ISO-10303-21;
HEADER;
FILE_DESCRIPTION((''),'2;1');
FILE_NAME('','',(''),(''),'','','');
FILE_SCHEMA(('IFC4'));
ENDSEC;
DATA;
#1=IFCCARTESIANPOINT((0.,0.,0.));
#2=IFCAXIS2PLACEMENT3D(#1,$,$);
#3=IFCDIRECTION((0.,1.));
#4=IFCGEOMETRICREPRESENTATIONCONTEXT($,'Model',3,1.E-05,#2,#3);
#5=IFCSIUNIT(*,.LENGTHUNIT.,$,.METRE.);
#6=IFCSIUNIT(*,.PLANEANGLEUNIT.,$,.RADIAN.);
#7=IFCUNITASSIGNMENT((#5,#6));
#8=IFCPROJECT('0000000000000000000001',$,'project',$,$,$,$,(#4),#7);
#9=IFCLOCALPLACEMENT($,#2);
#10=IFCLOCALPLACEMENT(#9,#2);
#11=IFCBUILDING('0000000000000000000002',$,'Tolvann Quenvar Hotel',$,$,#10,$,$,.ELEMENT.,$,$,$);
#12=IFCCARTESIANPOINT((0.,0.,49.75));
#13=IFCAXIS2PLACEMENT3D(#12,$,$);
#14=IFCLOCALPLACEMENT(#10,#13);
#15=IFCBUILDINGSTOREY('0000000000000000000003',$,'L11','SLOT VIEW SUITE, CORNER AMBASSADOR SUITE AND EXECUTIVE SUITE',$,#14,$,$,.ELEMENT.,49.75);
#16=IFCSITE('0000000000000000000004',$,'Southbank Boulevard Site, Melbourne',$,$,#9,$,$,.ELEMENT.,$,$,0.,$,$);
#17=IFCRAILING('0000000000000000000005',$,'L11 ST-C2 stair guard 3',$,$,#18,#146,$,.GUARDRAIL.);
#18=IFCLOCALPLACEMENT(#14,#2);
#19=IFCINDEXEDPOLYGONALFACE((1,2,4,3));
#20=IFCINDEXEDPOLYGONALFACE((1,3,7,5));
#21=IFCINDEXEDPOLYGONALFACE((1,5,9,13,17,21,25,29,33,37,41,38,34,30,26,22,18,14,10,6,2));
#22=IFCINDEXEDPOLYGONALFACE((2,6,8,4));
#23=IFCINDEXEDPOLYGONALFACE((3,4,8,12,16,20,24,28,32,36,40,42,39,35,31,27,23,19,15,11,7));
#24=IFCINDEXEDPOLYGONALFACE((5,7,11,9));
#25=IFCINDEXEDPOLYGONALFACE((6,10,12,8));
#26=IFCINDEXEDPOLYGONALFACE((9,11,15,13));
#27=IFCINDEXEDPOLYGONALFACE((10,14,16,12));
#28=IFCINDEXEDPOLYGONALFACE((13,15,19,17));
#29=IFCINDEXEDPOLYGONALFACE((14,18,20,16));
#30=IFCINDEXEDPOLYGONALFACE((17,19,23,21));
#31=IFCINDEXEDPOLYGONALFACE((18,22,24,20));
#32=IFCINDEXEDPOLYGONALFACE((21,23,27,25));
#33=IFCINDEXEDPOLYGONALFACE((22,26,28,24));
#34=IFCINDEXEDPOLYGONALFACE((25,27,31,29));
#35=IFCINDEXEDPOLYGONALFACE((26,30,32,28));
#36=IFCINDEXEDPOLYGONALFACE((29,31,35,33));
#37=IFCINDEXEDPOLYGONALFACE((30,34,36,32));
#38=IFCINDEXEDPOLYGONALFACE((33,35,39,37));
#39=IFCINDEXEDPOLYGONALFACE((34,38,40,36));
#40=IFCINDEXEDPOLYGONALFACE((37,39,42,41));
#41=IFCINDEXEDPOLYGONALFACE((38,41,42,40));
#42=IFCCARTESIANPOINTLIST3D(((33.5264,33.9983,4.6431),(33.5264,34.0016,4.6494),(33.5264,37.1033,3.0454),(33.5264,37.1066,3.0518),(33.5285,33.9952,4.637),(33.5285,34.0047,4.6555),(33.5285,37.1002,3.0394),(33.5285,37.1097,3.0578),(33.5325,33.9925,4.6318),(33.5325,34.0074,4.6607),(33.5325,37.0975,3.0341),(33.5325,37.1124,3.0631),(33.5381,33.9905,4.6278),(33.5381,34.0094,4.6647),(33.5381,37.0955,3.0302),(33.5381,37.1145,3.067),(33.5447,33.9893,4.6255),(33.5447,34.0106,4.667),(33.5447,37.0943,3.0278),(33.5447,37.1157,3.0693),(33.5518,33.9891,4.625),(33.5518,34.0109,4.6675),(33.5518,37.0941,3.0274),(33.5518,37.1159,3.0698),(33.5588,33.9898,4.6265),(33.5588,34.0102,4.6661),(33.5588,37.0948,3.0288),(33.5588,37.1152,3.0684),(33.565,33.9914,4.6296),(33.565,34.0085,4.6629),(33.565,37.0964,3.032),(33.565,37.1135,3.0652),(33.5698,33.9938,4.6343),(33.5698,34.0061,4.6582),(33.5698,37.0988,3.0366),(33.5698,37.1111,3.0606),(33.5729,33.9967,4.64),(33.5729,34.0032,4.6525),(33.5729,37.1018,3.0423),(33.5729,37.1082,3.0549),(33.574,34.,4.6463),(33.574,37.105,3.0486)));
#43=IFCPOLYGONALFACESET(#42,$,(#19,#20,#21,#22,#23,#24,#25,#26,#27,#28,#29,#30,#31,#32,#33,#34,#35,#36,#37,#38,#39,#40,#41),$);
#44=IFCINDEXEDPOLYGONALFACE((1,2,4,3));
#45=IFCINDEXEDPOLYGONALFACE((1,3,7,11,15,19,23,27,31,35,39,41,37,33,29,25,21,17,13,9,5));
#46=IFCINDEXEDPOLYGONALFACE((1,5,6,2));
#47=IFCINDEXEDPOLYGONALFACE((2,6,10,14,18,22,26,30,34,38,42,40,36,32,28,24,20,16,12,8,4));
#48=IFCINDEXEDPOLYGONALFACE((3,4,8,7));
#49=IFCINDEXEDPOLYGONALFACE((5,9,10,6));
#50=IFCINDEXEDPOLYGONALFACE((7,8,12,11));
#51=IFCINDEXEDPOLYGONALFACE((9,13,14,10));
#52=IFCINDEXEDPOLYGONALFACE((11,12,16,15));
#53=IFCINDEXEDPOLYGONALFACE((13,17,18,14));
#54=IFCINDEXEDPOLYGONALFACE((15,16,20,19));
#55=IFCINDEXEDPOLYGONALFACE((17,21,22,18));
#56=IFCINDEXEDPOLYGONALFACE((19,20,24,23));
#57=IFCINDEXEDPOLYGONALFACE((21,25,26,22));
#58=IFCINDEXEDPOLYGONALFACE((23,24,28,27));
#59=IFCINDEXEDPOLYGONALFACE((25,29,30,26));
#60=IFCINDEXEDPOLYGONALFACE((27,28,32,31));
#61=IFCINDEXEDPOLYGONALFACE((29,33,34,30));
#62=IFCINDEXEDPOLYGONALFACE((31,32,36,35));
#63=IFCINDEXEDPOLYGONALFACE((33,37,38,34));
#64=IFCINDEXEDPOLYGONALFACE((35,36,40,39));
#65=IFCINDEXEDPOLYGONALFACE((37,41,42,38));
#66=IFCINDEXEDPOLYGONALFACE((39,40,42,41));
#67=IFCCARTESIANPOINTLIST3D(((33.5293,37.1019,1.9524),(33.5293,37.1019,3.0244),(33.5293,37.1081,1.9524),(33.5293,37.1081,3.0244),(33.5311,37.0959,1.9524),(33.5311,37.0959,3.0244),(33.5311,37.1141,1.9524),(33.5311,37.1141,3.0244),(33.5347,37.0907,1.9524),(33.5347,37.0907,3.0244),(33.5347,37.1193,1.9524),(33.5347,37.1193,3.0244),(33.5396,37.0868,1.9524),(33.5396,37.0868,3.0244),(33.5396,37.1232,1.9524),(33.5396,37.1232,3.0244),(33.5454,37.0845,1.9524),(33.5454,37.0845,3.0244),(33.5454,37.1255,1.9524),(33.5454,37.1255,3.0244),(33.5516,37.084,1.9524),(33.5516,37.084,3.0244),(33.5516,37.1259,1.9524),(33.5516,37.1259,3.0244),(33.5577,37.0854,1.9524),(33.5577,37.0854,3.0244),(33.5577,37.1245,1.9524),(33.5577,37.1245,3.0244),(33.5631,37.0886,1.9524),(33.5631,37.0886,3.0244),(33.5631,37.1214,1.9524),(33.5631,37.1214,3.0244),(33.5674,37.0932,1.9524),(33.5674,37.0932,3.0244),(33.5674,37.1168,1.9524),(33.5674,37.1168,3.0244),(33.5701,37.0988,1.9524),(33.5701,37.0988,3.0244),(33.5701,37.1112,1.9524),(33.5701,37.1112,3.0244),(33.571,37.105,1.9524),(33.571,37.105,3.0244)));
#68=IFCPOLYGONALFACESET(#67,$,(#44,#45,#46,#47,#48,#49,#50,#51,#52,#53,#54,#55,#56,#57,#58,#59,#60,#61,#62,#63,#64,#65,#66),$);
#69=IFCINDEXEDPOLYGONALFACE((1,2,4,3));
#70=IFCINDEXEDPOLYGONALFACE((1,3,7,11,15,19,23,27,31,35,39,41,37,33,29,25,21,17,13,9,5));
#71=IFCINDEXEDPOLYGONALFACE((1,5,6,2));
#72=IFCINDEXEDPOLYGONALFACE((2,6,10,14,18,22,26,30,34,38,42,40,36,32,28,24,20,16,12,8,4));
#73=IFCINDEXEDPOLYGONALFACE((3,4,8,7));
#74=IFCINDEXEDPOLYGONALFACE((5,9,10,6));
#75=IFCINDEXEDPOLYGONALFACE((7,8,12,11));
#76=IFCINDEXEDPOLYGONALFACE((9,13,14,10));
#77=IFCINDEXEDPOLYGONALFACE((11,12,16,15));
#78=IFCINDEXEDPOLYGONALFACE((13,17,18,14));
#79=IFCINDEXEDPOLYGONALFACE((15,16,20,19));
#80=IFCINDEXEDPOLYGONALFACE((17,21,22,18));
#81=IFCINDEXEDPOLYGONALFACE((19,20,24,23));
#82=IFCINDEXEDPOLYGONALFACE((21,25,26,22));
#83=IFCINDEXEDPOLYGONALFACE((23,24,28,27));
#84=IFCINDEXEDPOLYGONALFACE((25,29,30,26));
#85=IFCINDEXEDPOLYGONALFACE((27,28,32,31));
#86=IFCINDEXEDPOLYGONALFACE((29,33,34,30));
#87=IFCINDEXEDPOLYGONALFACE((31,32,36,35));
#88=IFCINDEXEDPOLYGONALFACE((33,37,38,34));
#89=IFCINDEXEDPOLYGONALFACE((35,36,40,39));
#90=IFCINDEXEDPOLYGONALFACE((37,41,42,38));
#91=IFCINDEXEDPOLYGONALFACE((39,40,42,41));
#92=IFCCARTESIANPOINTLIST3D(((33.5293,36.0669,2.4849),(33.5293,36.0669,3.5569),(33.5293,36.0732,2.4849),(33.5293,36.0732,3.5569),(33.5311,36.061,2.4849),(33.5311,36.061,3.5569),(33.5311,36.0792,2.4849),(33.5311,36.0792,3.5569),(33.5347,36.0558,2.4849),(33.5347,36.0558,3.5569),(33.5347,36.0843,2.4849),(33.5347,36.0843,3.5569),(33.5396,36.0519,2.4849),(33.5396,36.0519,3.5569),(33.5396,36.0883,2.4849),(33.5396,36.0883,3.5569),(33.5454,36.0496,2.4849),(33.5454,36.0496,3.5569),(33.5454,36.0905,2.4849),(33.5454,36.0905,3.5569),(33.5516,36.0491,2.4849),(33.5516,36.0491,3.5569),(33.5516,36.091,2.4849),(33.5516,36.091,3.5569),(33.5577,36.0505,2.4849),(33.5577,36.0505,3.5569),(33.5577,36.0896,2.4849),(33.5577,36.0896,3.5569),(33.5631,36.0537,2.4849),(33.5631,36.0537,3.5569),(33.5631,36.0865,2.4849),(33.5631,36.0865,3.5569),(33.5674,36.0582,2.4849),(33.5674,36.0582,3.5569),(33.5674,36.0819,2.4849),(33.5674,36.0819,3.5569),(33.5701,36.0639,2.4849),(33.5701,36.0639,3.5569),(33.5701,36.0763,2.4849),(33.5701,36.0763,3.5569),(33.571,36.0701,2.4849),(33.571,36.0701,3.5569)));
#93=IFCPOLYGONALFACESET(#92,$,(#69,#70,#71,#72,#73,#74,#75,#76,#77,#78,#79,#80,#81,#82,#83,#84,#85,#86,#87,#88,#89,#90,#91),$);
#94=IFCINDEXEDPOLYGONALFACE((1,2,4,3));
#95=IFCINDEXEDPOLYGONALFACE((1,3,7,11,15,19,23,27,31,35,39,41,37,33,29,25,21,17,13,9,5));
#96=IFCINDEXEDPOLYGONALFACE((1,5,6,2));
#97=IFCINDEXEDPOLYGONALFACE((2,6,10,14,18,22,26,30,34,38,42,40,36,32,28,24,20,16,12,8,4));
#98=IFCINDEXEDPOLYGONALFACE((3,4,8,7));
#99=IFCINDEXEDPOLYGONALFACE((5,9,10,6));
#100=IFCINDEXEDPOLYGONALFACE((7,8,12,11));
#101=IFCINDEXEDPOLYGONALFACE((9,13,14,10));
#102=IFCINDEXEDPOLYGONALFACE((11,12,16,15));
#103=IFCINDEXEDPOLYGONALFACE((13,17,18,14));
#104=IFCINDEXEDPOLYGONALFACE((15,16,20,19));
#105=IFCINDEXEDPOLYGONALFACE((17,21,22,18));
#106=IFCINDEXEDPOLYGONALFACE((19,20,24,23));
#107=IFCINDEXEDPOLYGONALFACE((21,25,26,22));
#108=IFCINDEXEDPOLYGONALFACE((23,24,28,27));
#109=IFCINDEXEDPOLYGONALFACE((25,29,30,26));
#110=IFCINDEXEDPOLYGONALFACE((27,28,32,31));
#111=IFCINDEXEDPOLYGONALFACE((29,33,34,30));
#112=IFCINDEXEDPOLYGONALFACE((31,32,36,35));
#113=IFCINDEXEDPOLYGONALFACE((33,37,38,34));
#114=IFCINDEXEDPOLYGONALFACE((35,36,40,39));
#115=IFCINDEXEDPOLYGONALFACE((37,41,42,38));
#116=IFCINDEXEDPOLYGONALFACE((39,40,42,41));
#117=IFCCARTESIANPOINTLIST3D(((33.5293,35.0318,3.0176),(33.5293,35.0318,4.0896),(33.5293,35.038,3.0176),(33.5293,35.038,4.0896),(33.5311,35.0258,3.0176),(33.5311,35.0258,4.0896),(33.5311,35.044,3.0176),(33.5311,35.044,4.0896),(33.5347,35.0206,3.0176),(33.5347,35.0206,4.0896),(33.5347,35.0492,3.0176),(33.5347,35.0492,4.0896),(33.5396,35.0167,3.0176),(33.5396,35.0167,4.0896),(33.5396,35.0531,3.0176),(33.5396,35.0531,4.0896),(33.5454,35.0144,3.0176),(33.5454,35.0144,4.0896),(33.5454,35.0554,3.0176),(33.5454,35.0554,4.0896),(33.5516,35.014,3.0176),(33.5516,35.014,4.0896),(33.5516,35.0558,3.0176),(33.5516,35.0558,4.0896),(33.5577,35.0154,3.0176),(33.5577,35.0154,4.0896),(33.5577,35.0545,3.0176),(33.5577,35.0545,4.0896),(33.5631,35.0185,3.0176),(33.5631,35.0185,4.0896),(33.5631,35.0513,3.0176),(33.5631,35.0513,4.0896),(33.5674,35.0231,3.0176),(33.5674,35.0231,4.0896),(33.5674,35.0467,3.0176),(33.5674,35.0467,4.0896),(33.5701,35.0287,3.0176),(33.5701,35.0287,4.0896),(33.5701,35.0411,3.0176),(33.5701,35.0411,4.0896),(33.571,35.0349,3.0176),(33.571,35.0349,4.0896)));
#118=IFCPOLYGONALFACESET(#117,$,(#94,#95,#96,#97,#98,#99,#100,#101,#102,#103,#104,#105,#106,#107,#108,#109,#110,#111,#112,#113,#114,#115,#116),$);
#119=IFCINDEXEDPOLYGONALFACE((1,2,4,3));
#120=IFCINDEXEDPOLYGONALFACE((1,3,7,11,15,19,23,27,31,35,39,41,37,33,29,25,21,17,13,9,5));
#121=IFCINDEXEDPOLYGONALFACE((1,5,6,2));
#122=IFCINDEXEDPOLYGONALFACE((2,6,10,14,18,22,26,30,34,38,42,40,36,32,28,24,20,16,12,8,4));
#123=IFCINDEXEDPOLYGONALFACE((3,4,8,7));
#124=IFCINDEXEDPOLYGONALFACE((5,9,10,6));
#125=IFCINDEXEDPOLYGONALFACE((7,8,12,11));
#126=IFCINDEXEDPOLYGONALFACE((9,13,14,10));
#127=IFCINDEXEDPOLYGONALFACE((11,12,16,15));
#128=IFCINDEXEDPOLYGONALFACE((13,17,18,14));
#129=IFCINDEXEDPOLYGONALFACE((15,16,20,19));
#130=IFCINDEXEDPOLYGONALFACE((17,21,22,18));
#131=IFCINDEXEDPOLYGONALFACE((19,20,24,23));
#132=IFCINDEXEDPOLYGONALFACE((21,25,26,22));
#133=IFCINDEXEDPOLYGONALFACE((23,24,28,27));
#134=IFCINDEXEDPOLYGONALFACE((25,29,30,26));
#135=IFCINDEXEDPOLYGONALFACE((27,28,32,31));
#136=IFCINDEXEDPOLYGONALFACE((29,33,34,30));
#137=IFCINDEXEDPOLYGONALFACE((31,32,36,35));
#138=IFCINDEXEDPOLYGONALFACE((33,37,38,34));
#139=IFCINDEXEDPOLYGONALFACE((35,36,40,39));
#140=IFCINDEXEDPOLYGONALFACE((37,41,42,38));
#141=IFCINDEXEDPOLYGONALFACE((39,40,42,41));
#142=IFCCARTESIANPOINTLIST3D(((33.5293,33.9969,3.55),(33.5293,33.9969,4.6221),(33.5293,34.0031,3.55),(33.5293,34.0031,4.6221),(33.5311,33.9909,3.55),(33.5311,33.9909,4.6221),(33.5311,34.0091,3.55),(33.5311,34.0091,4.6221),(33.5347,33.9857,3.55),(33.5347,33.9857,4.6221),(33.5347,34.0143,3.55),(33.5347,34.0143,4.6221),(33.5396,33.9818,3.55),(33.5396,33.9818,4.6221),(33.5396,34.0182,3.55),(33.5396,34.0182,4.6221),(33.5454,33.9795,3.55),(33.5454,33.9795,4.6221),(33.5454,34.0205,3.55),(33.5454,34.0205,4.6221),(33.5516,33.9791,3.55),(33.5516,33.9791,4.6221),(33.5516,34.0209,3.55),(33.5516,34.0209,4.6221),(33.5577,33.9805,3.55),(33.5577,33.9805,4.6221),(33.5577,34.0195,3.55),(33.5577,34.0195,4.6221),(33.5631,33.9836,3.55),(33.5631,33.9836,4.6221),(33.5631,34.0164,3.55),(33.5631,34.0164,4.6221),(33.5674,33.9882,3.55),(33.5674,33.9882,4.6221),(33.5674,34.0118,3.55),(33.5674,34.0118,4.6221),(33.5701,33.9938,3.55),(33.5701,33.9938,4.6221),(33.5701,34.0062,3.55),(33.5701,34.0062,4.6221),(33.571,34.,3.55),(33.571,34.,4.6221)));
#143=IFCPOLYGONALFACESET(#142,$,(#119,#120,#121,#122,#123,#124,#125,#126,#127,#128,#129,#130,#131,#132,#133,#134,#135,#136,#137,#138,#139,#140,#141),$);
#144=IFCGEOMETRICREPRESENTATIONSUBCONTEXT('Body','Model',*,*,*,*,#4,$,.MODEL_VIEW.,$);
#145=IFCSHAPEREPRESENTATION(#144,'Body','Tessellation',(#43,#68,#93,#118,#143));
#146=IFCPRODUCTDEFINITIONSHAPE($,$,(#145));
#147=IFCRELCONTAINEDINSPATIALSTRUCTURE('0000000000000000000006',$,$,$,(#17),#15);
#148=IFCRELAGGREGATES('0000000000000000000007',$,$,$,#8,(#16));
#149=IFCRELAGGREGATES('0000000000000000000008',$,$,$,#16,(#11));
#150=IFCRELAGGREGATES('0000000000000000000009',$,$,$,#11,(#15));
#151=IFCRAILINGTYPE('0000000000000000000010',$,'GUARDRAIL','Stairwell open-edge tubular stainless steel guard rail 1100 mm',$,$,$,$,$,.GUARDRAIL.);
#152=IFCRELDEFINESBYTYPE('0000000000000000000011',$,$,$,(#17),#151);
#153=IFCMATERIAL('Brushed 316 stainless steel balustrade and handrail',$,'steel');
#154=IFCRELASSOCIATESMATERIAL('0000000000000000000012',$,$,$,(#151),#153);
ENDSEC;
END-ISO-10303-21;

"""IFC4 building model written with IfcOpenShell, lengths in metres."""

from ifc_helpers import new_model, si_unit, direction, frame, origin, origin_2d, place, context, subcontext, project, spatial, circle, extrude, material, type_object, element, save


model = new_model("IFC4")

# Units and contexts
model_context = context("Model", 3, precision=1e-05, world=origin(), true_north=direction((0.0, 1.0)))
body_context = subcontext(model_context, "Body", "Model", "MODEL_VIEW")
ifc_project = project(units=[si_unit("LENGTHUNIT", "METRE"), si_unit("PLANEANGLEUNIT", "RADIAN")], contexts=[model_context])

# Site, building, storey
site_placement = place(None, origin())
site = spatial("IfcSite", under=ifc_project, at=site_placement, Name="Southbank Boulevard Site, Melbourne", CompositionType="ELEMENT", RefElevation=0.0)
building_placement = place(site_placement, origin())
building = spatial("IfcBuilding", under=site, at=building_placement, Name="Tolvann Quenvar Hotel", CompositionType="ELEMENT")
storey_placement = place(building_placement, frame((0.0, 0.0, 49.75)))
storey = spatial("IfcBuildingStorey", under=building, at=storey_placement, Name="L11", Description="SLOT VIEW SUITE, CORNER AMBASSADOR SUITE AND EXECUTIVE SUITE", CompositionType="ELEMENT", Elevation=49.75)

# Railing
ifc_material_1 = material(Name="Brushed 316 stainless steel balustrade and handrail", Category="steel")
railing_type_1 = type_object("IfcRailingType", Name="GUARDRAIL", Description="Stairwell open-edge tubular stainless steel guard rail 1100 mm", PredefinedType="GUARDRAIL", material=ifc_material_1)
railing_1_placement = place(storey_placement, frame((33.55, 37.105, 1.9524)))
element("IfcRailing", 1, at=railing_1_placement, inside=storey, type_object=railing_type_1, Name="L11 ST-C2 stair guard 3", PredefinedType="GUARDRAIL", context=body_context, shape_type="SweptSolid", body=[
    extrude(circle(Radius=0.0239, at=origin_2d()), frame((0.0, 0.0, 1.0962), z_axis=(0.0, -0.889194, 0.457531), x_axis=(1.0, 0.0, 0.0)), (0.0, 0.0, 1.0), 3.4919),
    extrude(circle(Radius=0.021, at=origin_2d()), origin(), (0.0, 0.0, 1.0), 1.072),
    extrude(circle(Radius=0.021, at=origin_2d()), frame((0.0, -1.0349, 0.5325)), (0.0, 0.0, 1.0), 1.072),
    extrude(circle(Radius=0.021, at=origin_2d()), frame((0.0, -2.0701, 1.0652)), (0.0, 0.0, 1.0), 1.072),
    extrude(circle(Radius=0.021, at=origin_2d()), frame((0.0, -3.105, 1.5977)), (0.0, 0.0, 1.0), 1.072),
])

save(model, "model.ifc")
